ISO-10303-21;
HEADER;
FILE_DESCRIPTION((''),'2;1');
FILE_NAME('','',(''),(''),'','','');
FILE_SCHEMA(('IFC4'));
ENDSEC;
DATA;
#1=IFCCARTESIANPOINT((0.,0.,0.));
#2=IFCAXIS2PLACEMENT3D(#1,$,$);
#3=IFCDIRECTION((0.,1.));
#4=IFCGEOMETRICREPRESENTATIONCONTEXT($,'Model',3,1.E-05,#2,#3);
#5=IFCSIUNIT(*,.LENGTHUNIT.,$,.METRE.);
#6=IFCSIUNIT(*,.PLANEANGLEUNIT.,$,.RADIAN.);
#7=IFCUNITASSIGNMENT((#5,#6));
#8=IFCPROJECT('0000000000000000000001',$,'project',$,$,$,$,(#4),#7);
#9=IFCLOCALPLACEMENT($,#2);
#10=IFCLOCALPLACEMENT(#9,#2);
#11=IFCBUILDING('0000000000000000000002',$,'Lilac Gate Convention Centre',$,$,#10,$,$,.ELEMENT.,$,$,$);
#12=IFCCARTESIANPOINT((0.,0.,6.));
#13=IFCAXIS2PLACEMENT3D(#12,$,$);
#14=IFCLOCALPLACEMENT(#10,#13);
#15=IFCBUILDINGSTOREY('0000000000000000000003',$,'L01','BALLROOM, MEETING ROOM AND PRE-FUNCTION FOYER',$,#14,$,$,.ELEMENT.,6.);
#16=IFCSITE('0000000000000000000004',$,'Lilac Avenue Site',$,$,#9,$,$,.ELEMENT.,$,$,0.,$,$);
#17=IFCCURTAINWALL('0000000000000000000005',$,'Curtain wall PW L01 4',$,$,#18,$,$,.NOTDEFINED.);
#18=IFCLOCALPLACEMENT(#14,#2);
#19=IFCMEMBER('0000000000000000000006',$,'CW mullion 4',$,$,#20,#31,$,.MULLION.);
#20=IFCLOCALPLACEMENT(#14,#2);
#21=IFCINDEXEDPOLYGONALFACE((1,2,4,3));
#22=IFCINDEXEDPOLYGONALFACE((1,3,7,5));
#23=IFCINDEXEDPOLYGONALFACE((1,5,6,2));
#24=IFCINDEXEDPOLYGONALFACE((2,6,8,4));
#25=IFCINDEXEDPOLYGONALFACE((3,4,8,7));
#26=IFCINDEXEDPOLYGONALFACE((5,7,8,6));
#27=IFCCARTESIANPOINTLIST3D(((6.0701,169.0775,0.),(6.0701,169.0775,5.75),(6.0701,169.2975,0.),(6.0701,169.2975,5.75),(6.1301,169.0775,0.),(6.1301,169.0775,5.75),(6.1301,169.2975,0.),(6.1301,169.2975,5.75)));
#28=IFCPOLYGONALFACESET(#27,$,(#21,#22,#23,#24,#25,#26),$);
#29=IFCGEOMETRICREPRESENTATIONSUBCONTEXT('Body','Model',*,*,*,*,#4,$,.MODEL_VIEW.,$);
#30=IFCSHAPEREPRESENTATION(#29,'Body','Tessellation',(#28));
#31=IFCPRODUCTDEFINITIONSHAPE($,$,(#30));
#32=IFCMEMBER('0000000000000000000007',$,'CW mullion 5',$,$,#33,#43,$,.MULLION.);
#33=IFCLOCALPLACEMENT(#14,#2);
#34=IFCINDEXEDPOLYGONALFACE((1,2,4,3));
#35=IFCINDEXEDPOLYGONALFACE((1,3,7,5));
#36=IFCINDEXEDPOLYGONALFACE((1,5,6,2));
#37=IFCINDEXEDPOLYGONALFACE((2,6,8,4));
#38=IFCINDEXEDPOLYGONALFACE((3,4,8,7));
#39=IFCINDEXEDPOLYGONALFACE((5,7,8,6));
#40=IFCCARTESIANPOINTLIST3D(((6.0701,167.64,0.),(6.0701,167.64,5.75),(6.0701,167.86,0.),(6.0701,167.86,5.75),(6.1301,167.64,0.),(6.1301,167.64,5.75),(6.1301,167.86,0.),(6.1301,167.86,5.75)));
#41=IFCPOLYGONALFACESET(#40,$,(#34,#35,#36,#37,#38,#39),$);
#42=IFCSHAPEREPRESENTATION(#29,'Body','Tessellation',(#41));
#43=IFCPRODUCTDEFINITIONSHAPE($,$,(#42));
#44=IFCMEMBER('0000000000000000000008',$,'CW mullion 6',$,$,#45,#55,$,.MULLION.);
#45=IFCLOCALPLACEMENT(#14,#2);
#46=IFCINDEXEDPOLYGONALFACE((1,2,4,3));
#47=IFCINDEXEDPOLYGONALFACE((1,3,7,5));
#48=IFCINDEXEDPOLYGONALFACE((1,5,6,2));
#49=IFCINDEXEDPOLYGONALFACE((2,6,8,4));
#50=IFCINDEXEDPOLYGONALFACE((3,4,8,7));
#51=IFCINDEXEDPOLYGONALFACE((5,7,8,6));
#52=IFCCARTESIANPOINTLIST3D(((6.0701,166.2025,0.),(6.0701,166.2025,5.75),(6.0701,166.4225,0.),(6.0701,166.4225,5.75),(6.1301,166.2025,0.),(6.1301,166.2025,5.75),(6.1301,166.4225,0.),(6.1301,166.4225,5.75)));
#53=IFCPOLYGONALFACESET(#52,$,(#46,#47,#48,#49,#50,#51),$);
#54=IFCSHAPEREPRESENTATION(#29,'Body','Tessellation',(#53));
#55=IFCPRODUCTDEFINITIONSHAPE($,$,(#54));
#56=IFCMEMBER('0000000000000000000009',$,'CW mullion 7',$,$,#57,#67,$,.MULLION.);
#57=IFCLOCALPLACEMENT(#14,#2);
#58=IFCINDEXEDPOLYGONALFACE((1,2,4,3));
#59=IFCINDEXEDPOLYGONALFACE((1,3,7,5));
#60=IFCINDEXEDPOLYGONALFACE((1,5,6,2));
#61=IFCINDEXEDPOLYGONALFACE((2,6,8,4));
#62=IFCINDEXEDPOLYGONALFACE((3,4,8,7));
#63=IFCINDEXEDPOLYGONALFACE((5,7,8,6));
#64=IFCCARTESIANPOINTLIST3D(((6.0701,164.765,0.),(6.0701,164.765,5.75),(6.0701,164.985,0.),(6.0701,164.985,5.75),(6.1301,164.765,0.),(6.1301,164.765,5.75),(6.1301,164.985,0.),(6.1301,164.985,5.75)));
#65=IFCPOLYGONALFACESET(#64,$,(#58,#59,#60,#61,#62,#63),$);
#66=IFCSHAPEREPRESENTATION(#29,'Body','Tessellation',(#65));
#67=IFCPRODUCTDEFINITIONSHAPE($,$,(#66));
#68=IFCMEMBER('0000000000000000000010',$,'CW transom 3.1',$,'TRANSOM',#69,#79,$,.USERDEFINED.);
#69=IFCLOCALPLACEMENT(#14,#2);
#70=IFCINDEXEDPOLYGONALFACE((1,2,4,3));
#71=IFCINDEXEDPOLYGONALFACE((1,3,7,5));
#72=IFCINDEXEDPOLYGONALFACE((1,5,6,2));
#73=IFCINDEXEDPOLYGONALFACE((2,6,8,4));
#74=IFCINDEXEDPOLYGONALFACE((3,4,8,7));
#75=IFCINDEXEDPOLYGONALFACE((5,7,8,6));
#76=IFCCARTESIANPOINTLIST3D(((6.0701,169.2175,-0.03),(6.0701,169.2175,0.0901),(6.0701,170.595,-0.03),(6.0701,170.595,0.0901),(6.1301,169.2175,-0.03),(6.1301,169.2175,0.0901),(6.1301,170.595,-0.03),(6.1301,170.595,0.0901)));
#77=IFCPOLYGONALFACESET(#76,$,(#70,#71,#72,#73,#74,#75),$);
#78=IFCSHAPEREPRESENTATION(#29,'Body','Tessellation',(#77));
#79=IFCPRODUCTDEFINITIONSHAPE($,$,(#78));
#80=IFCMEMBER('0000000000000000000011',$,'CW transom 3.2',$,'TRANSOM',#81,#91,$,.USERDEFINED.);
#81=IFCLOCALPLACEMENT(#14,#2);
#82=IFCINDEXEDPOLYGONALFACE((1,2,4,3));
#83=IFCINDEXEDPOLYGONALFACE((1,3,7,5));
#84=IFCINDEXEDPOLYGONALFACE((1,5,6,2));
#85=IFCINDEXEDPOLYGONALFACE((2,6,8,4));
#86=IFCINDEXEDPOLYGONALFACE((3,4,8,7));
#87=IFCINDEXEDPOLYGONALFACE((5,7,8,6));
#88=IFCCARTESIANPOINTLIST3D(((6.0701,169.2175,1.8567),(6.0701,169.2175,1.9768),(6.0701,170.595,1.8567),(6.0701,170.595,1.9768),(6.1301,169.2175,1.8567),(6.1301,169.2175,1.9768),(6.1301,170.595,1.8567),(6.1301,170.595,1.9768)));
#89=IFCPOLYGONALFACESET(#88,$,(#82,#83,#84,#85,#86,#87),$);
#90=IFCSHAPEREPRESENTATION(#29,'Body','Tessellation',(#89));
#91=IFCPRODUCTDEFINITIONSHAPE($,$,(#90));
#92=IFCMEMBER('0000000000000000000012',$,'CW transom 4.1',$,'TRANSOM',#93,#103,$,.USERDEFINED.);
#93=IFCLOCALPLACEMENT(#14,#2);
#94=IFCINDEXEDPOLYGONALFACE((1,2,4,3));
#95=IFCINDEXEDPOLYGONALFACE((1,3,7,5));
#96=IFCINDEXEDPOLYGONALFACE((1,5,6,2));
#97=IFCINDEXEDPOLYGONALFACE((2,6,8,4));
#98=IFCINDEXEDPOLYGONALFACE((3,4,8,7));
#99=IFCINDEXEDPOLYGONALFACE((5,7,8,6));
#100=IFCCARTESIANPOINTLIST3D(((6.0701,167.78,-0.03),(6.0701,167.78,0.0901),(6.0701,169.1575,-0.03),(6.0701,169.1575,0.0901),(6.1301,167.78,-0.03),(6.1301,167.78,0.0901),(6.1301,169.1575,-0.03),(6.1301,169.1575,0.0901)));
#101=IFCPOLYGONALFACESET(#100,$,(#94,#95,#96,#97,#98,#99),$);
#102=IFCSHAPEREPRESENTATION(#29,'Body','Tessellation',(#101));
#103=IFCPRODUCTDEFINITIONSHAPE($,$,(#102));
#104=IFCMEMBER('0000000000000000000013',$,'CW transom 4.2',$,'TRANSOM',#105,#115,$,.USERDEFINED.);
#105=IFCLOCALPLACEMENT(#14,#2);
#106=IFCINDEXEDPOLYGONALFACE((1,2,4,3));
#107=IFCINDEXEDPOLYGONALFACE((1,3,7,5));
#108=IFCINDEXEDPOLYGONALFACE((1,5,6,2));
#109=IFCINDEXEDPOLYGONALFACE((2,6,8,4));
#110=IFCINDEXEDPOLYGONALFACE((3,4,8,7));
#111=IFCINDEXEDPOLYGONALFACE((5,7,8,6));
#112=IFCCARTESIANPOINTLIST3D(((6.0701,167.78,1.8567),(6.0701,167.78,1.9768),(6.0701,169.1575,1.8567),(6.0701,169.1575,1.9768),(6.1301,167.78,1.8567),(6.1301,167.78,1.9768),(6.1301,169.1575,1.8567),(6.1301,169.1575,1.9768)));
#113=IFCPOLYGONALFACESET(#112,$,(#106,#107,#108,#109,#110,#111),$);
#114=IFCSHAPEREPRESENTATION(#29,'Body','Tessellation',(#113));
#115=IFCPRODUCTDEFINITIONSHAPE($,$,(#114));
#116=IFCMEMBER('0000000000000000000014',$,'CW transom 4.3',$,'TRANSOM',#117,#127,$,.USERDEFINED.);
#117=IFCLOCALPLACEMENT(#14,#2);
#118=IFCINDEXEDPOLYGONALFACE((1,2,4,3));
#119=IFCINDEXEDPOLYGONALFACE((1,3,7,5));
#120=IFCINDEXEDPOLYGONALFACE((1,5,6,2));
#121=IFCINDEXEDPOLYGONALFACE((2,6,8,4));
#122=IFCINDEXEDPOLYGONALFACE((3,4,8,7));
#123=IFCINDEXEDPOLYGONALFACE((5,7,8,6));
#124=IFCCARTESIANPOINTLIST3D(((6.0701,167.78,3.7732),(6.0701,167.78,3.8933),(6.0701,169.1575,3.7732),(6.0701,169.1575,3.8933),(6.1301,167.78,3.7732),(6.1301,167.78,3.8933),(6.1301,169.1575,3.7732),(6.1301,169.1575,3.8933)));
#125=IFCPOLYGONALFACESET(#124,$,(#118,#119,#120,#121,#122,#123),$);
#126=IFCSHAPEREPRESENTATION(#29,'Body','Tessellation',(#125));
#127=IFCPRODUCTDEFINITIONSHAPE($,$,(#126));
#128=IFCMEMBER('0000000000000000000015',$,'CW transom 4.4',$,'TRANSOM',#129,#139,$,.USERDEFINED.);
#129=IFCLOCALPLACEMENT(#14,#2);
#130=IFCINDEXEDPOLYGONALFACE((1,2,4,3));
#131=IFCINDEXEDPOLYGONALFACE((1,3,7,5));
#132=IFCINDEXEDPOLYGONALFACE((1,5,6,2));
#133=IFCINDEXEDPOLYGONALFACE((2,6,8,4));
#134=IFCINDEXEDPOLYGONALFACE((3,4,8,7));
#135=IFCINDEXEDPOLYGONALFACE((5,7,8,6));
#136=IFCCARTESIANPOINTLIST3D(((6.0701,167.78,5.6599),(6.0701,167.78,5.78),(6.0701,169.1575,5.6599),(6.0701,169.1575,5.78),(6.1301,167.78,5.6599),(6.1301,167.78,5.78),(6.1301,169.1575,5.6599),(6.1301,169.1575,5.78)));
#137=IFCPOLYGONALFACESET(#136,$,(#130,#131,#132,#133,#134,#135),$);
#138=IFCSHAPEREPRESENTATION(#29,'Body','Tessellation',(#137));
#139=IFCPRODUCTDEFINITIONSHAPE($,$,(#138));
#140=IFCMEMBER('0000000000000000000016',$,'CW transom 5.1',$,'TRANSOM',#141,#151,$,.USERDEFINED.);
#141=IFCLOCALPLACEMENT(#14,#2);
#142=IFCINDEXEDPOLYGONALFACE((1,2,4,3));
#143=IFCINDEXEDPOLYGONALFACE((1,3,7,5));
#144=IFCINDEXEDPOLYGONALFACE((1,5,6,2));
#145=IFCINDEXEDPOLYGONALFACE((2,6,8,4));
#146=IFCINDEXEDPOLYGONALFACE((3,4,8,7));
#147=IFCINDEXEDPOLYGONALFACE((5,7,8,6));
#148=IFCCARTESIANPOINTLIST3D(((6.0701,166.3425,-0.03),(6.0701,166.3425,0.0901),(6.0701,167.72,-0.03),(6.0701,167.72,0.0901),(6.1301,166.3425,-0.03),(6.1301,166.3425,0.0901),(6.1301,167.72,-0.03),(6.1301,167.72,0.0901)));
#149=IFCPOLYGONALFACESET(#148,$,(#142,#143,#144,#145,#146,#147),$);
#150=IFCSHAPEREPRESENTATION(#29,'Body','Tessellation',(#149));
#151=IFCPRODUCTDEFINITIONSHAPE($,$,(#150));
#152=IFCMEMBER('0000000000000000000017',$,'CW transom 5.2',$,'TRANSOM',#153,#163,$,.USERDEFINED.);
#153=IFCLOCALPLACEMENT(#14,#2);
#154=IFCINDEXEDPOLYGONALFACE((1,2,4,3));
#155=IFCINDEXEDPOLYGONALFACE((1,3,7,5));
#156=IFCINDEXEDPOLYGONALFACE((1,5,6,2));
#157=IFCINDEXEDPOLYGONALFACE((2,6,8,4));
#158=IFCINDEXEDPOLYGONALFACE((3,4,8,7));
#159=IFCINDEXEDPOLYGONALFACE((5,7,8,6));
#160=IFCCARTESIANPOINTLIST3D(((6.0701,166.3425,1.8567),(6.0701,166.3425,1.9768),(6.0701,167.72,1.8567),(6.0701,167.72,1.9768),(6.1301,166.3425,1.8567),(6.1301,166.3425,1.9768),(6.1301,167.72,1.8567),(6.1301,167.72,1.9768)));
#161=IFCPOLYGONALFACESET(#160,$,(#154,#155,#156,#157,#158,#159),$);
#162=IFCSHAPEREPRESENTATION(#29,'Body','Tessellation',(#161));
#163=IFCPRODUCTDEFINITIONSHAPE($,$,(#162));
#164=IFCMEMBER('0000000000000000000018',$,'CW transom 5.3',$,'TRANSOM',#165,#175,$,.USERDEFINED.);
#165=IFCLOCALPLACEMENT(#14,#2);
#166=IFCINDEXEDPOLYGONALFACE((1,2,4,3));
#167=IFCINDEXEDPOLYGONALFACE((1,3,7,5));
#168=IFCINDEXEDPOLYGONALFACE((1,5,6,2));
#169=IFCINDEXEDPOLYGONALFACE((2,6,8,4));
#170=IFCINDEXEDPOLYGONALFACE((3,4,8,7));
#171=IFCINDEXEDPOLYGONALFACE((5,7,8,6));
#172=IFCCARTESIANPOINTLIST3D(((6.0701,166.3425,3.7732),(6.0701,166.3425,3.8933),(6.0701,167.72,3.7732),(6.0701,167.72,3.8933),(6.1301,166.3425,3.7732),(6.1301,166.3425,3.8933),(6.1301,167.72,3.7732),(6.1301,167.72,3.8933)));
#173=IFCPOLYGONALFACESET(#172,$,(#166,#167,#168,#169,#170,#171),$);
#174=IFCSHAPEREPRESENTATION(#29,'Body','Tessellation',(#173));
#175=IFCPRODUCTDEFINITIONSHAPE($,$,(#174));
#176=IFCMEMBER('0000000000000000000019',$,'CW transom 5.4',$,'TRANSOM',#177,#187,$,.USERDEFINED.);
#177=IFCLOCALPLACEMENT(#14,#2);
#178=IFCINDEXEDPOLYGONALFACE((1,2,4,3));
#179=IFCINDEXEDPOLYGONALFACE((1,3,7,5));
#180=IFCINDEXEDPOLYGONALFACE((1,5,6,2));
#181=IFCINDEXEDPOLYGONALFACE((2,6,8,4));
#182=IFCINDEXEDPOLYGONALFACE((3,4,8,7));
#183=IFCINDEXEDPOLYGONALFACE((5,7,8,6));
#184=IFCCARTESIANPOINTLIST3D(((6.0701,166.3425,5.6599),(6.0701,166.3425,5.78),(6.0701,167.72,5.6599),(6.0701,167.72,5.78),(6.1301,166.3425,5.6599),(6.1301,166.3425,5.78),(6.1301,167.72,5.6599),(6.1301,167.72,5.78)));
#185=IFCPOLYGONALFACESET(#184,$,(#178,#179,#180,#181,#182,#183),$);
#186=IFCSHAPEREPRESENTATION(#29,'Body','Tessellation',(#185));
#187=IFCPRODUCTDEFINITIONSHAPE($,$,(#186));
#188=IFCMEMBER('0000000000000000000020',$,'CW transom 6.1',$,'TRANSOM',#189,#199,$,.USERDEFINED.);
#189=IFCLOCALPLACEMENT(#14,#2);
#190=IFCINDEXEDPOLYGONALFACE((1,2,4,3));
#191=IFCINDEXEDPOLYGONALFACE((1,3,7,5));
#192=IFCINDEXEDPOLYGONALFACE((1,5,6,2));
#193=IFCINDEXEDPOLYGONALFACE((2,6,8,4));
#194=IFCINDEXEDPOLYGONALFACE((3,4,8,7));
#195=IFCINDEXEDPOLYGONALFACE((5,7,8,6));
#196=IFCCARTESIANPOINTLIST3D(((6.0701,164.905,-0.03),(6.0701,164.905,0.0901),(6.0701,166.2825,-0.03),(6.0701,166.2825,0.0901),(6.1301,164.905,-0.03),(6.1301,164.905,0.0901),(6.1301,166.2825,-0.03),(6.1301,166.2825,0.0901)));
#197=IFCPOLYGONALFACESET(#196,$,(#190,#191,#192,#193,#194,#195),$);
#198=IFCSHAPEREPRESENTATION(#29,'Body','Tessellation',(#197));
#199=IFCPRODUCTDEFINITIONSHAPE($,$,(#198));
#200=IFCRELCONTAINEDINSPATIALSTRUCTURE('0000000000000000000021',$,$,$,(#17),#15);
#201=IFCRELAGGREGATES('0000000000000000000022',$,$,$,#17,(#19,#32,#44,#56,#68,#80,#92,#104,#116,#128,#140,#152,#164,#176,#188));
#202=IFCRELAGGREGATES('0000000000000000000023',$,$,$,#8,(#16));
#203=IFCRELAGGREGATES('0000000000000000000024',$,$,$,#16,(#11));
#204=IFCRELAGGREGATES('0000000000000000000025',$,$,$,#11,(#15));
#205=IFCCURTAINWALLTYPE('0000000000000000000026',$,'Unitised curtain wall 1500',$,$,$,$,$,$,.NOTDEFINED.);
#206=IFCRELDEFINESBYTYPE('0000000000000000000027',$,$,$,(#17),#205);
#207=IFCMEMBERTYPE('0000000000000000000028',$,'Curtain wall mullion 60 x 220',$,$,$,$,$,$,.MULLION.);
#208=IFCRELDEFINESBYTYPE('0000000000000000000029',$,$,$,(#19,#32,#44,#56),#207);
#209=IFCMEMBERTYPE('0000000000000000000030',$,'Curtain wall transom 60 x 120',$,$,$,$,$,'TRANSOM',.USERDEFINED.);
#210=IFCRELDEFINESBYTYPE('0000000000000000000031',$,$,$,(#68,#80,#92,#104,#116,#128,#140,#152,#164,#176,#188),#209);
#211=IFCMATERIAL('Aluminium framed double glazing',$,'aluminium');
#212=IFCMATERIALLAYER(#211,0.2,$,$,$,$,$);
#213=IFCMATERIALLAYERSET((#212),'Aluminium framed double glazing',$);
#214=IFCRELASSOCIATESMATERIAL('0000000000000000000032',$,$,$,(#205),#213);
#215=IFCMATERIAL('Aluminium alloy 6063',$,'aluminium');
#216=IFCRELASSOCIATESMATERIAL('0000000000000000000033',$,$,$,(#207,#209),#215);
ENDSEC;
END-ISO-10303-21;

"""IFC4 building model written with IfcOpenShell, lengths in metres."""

from ifc_helpers import new_model, si_unit, direction, frame, origin, origin_2d, place, context, subcontext, project, spatial, rectangle, extrude, material, layer, layer_set, material_profile, profile_set, type_object, element, aggregate, save


model = new_model("IFC4")

# Units and contexts
model_context = context("Model", 3, precision=1e-05, world=origin(), true_north=direction((0.0, 1.0)))
body_context = subcontext(model_context, "Body", "Model", "MODEL_VIEW")
ifc_project = project(units=[si_unit("LENGTHUNIT", "METRE"), si_unit("PLANEANGLEUNIT", "RADIAN")], contexts=[model_context])

# Site, building, storey
site_placement = place(None, origin())
site = spatial("IfcSite", under=ifc_project, at=site_placement, Name="Lilac Avenue Site", CompositionType="ELEMENT", RefElevation=0.0)
building_placement = place(site_placement, origin())
building = spatial("IfcBuilding", under=site, at=building_placement, Name="Lilac Gate Convention Centre", CompositionType="ELEMENT")
storey_placement = place(building_placement, frame((0.0, 0.0, 6.0)))
storey = spatial("IfcBuildingStorey", under=building, at=storey_placement, Name="L01", Description="BALLROOM, MEETING ROOM AND PRE-FUNCTION FOYER", CompositionType="ELEMENT", Elevation=6.0)

# Curtain wall, members
ifc_material_1 = material(Name="Aluminium framed double glazing", Category="aluminium")
ifc_layer_1 = layer(ifc_material_1, 0.2)
ifc_layer_set_1 = layer_set([ifc_layer_1], Name="Aluminium framed double glazing")
curtain_wall_type = type_object("IfcCurtainWallType", Name="Unitised curtain wall 1500", PredefinedType="NOTDEFINED", material=ifc_layer_set_1)
curtain_wall_placement = place(storey_placement, origin())
curtain_wall = element("IfcCurtainWall", 1, at=curtain_wall_placement, inside=storey, type_object=curtain_wall_type, Name="Curtain wall PW L01 4", PredefinedType="NOTDEFINED")
ifc_material_2 = material(Name="Aluminium alloy 6063", Category="aluminium")
ifc_material_profile_1 = material_profile(ifc_material_2, rectangle(XDim=0.0601, YDim=0.22, at=origin_2d()), Name="Curtain wall mullion 60 x 220")
ifc_profile_set_1 = profile_set([ifc_material_profile_1], Name="Aluminium alloy 6063")
member_type_1 = type_object("IfcMemberType", Name="Curtain wall mullion 60 x 220", PredefinedType="MULLION", material=ifc_profile_set_1)
member_1_placement = place(storey_placement, frame((6.1001, 169.1875, 0.0), z_axis=(0.0, 0.0, 1.0), x_axis=(1.0, 0.0, 0.0)))
member_1 = element("IfcMember", 2, at=member_1_placement, type_object=member_type_1, Name="CW mullion 4", PredefinedType="MULLION", context=body_context, shape_type="SweptSolid", body=[
    extrude(rectangle(XDim=0.0601, YDim=0.22, at=origin_2d()), origin(), (0.0, 0.0, 1.0), 5.75),
])
member_2_placement = place(storey_placement, frame((6.1001, 167.75, 0.0), z_axis=(0.0, 0.0, 1.0), x_axis=(1.0, 0.0, 0.0)))
member_2 = element("IfcMember", 3, at=member_2_placement, type_object=member_type_1, Name="CW mullion 5", PredefinedType="MULLION", context=body_context, shape_type="SweptSolid", body=[
    extrude(rectangle(XDim=0.0601, YDim=0.22, at=origin_2d()), origin(), (0.0, 0.0, 1.0), 5.75),
])
member_3_placement = place(storey_placement, frame((6.1001, 166.3125, 0.0), z_axis=(0.0, 0.0, 1.0), x_axis=(1.0, 0.0, 0.0)))
member_3 = element("IfcMember", 4, at=member_3_placement, type_object=member_type_1, Name="CW mullion 6", PredefinedType="MULLION", context=body_context, shape_type="SweptSolid", body=[
    extrude(rectangle(XDim=0.0601, YDim=0.22, at=origin_2d()), origin(), (0.0, 0.0, 1.0), 5.75),
])
member_4_placement = place(storey_placement, frame((6.1001, 164.875, 0.0), z_axis=(0.0, 0.0, 1.0), x_axis=(1.0, 0.0, 0.0)))
member_4 = element("IfcMember", 5, at=member_4_placement, type_object=member_type_1, Name="CW mullion 7", PredefinedType="MULLION", context=body_context, shape_type="SweptSolid", body=[
    extrude(rectangle(XDim=0.0601, YDim=0.22, at=origin_2d()), origin(), (0.0, 0.0, 1.0), 5.75),
])
ifc_material_profile_2 = material_profile(ifc_material_2, rectangle(XDim=0.0601, YDim=0.1201, at=origin_2d()), Name="Curtain wall transom 60 x 120")
ifc_profile_set_2 = profile_set([ifc_material_profile_2], Name="Aluminium alloy 6063")
member_type_2 = type_object("IfcMemberType", Name="Curtain wall transom 60 x 120", ElementType="TRANSOM", PredefinedType="USERDEFINED", material=ifc_profile_set_2)
member_5_placement = place(storey_placement, frame((6.1001, 170.595, 0.03), z_axis=(0.0, -1.0, 0.0), x_axis=(1.0, 0.0, 0.0)))
member_5 = element("IfcMember", 6, at=member_5_placement, type_object=member_type_2, Name="CW transom 3.1", ObjectType="TRANSOM", PredefinedType="USERDEFINED", context=body_context, shape_type="SweptSolid", body=[
    extrude(rectangle(XDim=0.0601, YDim=0.1201, at=origin_2d()), origin(), (0.0, 0.0, 1.0), 1.3774),
])
member_6_placement = place(storey_placement, frame((6.1001, 170.595, 1.9167), z_axis=(0.0, -1.0, 0.0), x_axis=(1.0, 0.0, 0.0)))
member_6 = element("IfcMember", 7, at=member_6_placement, type_object=member_type_2, Name="CW transom 3.2", ObjectType="TRANSOM", PredefinedType="USERDEFINED", context=body_context, shape_type="SweptSolid", body=[
    extrude(rectangle(XDim=0.0601, YDim=0.1201, at=origin_2d()), origin(), (0.0, 0.0, 1.0), 1.3774),
])
member_7_placement = place(storey_placement, frame((6.1001, 169.1575, 0.03), z_axis=(0.0, -1.0, 0.0), x_axis=(1.0, 0.0, 0.0)))
member_7 = element("IfcMember", 8, at=member_7_placement, type_object=member_type_2, Name="CW transom 4.1", ObjectType="TRANSOM", PredefinedType="USERDEFINED", context=body_context, shape_type="SweptSolid", body=[
    extrude(rectangle(XDim=0.0601, YDim=0.1201, at=origin_2d()), origin(), (0.0, 0.0, 1.0), 1.3774),
])
member_8_placement = place(storey_placement, frame((6.1001, 169.1575, 1.9167), z_axis=(0.0, -1.0, 0.0), x_axis=(1.0, 0.0, 0.0)))
member_8 = element("IfcMember", 9, at=member_8_placement, type_object=member_type_2, Name="CW transom 4.2", ObjectType="TRANSOM", PredefinedType="USERDEFINED", context=body_context, shape_type="SweptSolid", body=[
    extrude(rectangle(XDim=0.0601, YDim=0.1201, at=origin_2d()), origin(), (0.0, 0.0, 1.0), 1.3774),
])
member_9_placement = place(storey_placement, frame((6.1001, 169.1575, 3.8333), z_axis=(0.0, -1.0, 0.0), x_axis=(1.0, 0.0, 0.0)))
member_9 = element("IfcMember", 10, at=member_9_placement, type_object=member_type_2, Name="CW transom 4.3", ObjectType="TRANSOM", PredefinedType="USERDEFINED", context=body_context, shape_type="SweptSolid", body=[
    extrude(rectangle(XDim=0.0601, YDim=0.1201, at=origin_2d()), origin(), (0.0, 0.0, 1.0), 1.3774),
])
member_10_placement = place(storey_placement, frame((6.1001, 169.1575, 5.72), z_axis=(0.0, -1.0, 0.0), x_axis=(1.0, 0.0, 0.0)))
member_10 = element("IfcMember", 11, at=member_10_placement, type_object=member_type_2, Name="CW transom 4.4", ObjectType="TRANSOM", PredefinedType="USERDEFINED", context=body_context, shape_type="SweptSolid", body=[
    extrude(rectangle(XDim=0.0601, YDim=0.1201, at=origin_2d()), origin(), (0.0, 0.0, 1.0), 1.3774),
])
member_11_placement = place(storey_placement, frame((6.1001, 167.72, 0.03), z_axis=(0.0, -1.0, 0.0), x_axis=(1.0, 0.0, 0.0)))
member_11 = element("IfcMember", 12, at=member_11_placement, type_object=member_type_2, Name="CW transom 5.1", ObjectType="TRANSOM", PredefinedType="USERDEFINED", context=body_context, shape_type="SweptSolid", body=[
    extrude(rectangle(XDim=0.0601, YDim=0.1201, at=origin_2d()), origin(), (0.0, 0.0, 1.0), 1.3774),
])
member_12_placement = place(storey_placement, frame((6.1001, 167.72, 1.9167), z_axis=(0.0, -1.0, 0.0), x_axis=(1.0, 0.0, 0.0)))
member_12 = element("IfcMember", 13, at=member_12_placement, type_object=member_type_2, Name="CW transom 5.2", ObjectType="TRANSOM", PredefinedType="USERDEFINED", context=body_context, shape_type="SweptSolid", body=[
    extrude(rectangle(XDim=0.0601, YDim=0.1201, at=origin_2d()), origin(), (0.0, 0.0, 1.0), 1.3774),
])
member_13_placement = place(storey_placement, frame((6.1001, 167.72, 3.8333), z_axis=(0.0, -1.0, 0.0), x_axis=(1.0, 0.0, 0.0)))
member_13 = element("IfcMember", 14, at=member_13_placement, type_object=member_type_2, Name="CW transom 5.3", ObjectType="TRANSOM", PredefinedType="USERDEFINED", context=body_context, shape_type="SweptSolid", body=[
    extrude(rectangle(XDim=0.0601, YDim=0.1201, at=origin_2d()), origin(), (0.0, 0.0, 1.0), 1.3774),
])
member_14_placement = place(storey_placement, frame((6.1001, 167.72, 5.72), z_axis=(0.0, -1.0, 0.0), x_axis=(1.0, 0.0, 0.0)))
member_14 = element("IfcMember", 15, at=member_14_placement, type_object=member_type_2, Name="CW transom 5.4", ObjectType="TRANSOM", PredefinedType="USERDEFINED", context=body_context, shape_type="SweptSolid", body=[
    extrude(rectangle(XDim=0.0601, YDim=0.1201, at=origin_2d()), origin(), (0.0, 0.0, 1.0), 1.3774),
])
member_15_placement = place(storey_placement, frame((6.1001, 166.2825, 0.03), z_axis=(0.0, -1.0, 0.0), x_axis=(1.0, 0.0, 0.0)))
member_15 = element("IfcMember", 16, at=member_15_placement, type_object=member_type_2, Name="CW transom 6.1", ObjectType="TRANSOM", PredefinedType="USERDEFINED", context=body_context, shape_type="SweptSolid", body=[
    extrude(rectangle(XDim=0.0601, YDim=0.1201, at=origin_2d()), origin(), (0.0, 0.0, 1.0), 1.3774),
])
aggregate(curtain_wall, [member_1, member_2, member_3, member_4, member_5, member_6, member_7, member_8, member_9, member_10, member_11, member_12, member_13, member_14, member_15])

save(model, "model.ifc")
